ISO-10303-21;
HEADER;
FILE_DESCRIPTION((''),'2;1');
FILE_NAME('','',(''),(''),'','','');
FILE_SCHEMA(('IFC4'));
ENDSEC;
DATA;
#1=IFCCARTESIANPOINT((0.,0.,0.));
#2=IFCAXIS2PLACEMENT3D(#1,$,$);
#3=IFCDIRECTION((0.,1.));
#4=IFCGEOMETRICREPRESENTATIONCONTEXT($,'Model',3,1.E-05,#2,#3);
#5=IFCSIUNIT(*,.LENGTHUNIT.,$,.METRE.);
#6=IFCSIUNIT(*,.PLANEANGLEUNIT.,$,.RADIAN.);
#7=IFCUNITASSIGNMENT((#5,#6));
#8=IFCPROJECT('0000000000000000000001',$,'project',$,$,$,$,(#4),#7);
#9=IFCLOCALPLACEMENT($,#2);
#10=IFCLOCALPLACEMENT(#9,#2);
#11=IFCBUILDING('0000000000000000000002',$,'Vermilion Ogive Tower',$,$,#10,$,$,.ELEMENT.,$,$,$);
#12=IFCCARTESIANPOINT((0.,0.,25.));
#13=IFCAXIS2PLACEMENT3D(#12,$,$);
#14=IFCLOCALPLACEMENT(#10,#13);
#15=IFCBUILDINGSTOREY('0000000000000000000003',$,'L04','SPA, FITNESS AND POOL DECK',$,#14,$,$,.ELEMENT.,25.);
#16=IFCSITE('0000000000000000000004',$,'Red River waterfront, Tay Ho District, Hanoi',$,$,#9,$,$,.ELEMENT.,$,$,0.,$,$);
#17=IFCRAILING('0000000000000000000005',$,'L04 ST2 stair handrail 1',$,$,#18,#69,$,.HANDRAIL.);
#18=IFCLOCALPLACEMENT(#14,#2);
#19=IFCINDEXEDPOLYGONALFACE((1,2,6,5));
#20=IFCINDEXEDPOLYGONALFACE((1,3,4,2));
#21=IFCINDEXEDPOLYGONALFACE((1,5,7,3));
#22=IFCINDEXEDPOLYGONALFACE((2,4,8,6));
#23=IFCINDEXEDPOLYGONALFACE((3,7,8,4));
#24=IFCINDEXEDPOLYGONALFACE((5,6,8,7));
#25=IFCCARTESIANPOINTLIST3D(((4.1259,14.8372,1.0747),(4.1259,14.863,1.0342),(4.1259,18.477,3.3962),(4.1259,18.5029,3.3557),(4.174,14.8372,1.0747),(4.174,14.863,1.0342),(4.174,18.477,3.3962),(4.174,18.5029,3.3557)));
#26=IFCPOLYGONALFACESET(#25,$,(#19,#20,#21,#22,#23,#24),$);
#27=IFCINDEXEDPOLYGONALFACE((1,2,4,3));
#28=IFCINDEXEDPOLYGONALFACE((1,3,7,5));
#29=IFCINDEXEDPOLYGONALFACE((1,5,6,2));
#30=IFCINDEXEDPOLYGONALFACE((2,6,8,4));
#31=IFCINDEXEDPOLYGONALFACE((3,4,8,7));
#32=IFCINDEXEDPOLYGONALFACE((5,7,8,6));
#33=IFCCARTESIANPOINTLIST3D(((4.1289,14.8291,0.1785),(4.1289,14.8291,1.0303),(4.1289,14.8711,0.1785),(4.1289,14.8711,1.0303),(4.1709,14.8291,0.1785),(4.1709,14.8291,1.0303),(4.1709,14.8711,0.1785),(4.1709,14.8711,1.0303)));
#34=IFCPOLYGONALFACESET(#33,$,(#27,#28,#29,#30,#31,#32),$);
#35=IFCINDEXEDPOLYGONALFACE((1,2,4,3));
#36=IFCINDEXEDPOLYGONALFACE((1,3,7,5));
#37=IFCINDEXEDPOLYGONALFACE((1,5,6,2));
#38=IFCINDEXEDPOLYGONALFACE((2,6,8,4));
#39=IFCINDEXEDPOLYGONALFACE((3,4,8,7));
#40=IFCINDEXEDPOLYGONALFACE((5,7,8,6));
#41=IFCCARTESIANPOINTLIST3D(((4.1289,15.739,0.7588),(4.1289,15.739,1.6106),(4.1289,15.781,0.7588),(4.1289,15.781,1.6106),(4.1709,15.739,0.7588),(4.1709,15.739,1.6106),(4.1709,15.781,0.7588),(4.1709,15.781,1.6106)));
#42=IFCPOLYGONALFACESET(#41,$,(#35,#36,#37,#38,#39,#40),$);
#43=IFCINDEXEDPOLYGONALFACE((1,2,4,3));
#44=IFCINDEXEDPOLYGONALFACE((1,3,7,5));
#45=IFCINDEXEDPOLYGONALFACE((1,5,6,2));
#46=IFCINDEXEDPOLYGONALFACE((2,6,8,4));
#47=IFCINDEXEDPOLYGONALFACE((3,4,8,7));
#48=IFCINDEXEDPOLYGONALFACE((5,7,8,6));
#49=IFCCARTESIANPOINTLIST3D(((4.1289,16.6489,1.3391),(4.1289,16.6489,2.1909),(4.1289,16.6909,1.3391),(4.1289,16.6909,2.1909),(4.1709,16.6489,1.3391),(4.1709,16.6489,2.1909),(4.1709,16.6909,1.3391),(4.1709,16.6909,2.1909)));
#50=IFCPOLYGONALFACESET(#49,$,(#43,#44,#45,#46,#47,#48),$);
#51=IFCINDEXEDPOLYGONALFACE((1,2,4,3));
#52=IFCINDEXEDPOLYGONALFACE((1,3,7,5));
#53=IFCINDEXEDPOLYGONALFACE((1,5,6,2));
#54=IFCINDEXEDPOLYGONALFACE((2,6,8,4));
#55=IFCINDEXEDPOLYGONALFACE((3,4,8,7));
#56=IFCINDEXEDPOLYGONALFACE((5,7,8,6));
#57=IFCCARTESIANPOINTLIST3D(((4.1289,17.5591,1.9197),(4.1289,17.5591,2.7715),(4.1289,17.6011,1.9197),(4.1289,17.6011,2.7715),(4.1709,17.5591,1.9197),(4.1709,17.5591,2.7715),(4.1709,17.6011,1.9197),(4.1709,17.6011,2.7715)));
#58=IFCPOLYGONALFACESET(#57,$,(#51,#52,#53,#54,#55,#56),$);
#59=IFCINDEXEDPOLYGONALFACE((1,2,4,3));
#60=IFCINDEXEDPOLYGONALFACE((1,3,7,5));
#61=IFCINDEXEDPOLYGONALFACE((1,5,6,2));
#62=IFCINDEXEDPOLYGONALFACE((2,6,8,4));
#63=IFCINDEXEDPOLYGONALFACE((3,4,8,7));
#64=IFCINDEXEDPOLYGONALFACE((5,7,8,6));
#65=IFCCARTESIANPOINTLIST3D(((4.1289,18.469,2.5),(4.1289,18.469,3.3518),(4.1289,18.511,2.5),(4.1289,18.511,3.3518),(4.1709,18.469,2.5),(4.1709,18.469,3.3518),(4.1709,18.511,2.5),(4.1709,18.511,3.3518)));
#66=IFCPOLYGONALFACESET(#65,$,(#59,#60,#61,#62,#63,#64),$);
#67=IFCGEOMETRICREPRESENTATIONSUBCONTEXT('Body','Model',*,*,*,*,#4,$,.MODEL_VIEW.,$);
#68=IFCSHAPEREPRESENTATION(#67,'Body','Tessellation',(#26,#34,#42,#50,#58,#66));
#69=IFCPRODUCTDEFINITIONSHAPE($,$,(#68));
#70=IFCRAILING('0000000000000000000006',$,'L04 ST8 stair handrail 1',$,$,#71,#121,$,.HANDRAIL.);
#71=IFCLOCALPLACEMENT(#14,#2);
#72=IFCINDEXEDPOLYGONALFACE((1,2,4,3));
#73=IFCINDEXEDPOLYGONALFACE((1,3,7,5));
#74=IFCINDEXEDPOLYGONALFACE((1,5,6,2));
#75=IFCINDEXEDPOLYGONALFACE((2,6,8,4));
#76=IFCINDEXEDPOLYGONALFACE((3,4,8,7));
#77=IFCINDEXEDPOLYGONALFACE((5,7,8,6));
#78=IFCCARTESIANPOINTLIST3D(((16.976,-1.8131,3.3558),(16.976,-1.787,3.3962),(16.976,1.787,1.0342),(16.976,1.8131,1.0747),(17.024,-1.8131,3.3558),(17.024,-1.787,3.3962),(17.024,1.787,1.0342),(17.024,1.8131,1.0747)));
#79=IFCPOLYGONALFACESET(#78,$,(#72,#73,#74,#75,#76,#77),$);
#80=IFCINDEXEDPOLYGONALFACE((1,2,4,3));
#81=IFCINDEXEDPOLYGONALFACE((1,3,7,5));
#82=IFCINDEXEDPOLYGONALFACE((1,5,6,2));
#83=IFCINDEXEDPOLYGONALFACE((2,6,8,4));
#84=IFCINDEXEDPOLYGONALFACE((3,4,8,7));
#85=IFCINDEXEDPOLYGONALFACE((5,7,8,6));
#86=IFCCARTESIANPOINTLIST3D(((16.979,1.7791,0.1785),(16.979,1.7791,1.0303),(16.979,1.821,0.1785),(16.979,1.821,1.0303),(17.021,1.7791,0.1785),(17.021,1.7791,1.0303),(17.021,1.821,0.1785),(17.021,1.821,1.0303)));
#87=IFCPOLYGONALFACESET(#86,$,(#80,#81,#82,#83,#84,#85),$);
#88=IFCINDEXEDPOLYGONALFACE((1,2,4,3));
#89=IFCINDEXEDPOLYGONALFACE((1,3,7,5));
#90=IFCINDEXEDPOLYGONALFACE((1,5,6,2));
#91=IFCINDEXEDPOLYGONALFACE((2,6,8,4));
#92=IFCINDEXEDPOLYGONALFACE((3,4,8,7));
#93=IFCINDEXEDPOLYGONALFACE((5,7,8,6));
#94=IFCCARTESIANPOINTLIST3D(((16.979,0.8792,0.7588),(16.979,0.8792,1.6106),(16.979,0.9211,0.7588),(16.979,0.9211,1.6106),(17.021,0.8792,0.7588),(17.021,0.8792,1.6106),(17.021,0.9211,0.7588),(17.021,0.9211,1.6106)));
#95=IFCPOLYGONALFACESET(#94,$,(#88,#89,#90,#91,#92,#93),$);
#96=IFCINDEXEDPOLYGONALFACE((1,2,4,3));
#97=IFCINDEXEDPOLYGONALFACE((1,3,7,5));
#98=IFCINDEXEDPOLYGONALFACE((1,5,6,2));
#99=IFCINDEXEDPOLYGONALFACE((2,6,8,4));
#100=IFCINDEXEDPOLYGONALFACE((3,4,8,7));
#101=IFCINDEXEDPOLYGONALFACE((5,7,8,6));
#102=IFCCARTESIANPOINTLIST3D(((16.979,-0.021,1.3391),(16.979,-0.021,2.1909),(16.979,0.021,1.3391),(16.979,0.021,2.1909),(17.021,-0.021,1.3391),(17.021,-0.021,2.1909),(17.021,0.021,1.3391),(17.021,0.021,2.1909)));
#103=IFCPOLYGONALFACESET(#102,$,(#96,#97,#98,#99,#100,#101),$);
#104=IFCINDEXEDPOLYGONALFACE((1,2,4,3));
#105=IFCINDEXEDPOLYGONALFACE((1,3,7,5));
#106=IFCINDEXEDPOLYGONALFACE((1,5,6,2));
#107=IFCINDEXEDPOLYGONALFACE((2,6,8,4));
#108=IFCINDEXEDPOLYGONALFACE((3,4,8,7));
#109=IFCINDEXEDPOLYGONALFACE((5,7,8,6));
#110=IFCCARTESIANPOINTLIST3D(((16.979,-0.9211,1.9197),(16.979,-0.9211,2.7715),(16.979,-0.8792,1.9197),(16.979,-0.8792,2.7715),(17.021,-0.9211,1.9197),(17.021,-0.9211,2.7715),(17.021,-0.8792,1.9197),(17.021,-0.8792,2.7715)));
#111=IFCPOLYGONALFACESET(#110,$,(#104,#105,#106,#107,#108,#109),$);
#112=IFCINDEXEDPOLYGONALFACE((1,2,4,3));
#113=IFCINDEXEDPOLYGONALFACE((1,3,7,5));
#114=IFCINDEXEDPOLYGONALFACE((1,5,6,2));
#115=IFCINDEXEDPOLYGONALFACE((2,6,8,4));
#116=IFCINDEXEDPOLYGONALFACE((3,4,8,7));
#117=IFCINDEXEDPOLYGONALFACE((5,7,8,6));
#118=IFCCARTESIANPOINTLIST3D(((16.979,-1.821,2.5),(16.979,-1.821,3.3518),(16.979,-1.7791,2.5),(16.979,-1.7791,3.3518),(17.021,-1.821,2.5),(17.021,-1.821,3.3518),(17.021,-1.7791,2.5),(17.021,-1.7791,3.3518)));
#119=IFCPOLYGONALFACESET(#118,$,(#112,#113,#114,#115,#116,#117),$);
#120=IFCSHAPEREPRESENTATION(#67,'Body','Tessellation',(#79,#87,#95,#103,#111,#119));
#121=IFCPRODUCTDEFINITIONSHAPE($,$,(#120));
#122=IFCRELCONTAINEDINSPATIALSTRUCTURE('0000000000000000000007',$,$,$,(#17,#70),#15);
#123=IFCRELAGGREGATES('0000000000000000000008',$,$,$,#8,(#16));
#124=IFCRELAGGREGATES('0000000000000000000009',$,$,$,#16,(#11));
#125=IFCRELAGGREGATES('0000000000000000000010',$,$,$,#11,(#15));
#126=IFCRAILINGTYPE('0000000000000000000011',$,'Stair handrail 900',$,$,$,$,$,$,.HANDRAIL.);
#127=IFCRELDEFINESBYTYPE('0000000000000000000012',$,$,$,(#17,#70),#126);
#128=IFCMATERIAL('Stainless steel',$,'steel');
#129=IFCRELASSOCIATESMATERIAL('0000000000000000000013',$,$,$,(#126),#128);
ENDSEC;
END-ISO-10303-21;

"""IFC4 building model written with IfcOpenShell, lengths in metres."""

from ifc_helpers import new_model, si_unit, direction, frame, origin, origin_2d, place, context, subcontext, project, spatial, rectangle, extrude, material, type_object, element, save


model = new_model("IFC4")

# Units and contexts
model_context = context("Model", 3, precision=1e-05, world=origin(), true_north=direction((0.0, 1.0)))
body_context = subcontext(model_context, "Body", "Model", "MODEL_VIEW")
ifc_project = project(units=[si_unit("LENGTHUNIT", "METRE"), si_unit("PLANEANGLEUNIT", "RADIAN")], contexts=[model_context])

# Site, building, storey
site_placement = place(None, origin())
site = spatial("IfcSite", under=ifc_project, at=site_placement, Name="Red River waterfront, Tay Ho District, Hanoi", CompositionType="ELEMENT", RefElevation=0.0)
building_placement = place(site_placement, origin())
building = spatial("IfcBuilding", under=site, at=building_placement, Name="Vermilion Ogive Tower", CompositionType="ELEMENT")
storey_placement = place(building_placement, frame((0.0, 0.0, 25.0)))
storey = spatial("IfcBuildingStorey", under=building, at=storey_placement, Name="L04", Description="SPA, FITNESS AND POOL DECK", CompositionType="ELEMENT", Elevation=25.0)

# Railings
ifc_material_1 = material(Name="Stainless steel", Category="steel")
railing_type_1 = type_object("IfcRailingType", Name="Stair handrail 900", PredefinedType="HANDRAIL", material=ifc_material_1)
railing_1_placement = place(storey_placement, frame((4.1499, 14.8501, 0.1785)))
element("IfcRailing", 1, at=railing_1_placement, inside=storey, type_object=railing_type_1, Name="L04 ST2 stair handrail 1", PredefinedType="HANDRAIL", context=body_context, shape_type="SweptSolid", body=[
    extrude(rectangle(XDim=0.0481, YDim=0.0481, at=origin_2d()), frame((0.0, 0.0, 0.876), z_axis=(0.0, 0.843112, 0.537739), x_axis=(-1.0, 0.0, 0.0)), (0.0, 0.0, 1.0), 4.3171),
    extrude(rectangle(XDim=0.042, YDim=0.042, at=origin_2d()), origin(), (0.0, 0.0, 1.0), 0.8518),
    extrude(rectangle(XDim=0.042, YDim=0.042, at=origin_2d()), frame((0.0, 0.9099, 0.5803)), (0.0, 0.0, 1.0), 0.8518),
    extrude(rectangle(XDim=0.042, YDim=0.042, at=origin_2d()), frame((0.0, 1.8198, 1.1606)), (0.0, 0.0, 1.0), 0.8518),
    extrude(rectangle(XDim=0.042, YDim=0.042, at=origin_2d()), frame((0.0, 2.73, 1.7412)), (0.0, 0.0, 1.0), 0.8518),
    extrude(rectangle(XDim=0.042, YDim=0.042, at=origin_2d()), frame((0.0, 3.6399, 2.3215)), (0.0, 0.0, 1.0), 0.8518),
])
railing_2_placement = place(storey_placement, frame((17.0, 1.8, 0.1785)))
element("IfcRailing", 2, at=railing_2_placement, inside=storey, type_object=railing_type_1, Name="L04 ST8 stair handrail 1", PredefinedType="HANDRAIL", context=body_context, shape_type="SweptSolid", body=[
    extrude(rectangle(XDim=0.0481, YDim=0.0481, at=origin_2d()), frame((0.0, 0.0, 0.876), z_axis=(0.0, -0.840415, 0.541944), x_axis=(1.0, 0.0, 0.0)), (0.0, 0.0, 1.0), 4.2837),
    extrude(rectangle(XDim=0.042, YDim=0.042, at=origin_2d()), origin(), (0.0, 0.0, 1.0), 0.8518),
    extrude(rectangle(XDim=0.042, YDim=0.042, at=origin_2d()), frame((0.0, -0.8999, 0.5803)), (0.0, 0.0, 1.0), 0.8518),
    extrude(rectangle(XDim=0.042, YDim=0.042, at=origin_2d()), frame((0.0, -1.8, 1.1606)), (0.0, 0.0, 1.0), 0.8518),
    extrude(rectangle(XDim=0.042, YDim=0.042, at=origin_2d()), frame((0.0, -2.7002, 1.7412)), (0.0, 0.0, 1.0), 0.8518),
    extrude(rectangle(XDim=0.042, YDim=0.042, at=origin_2d()), frame((0.0, -3.6001, 2.3215)), (0.0, 0.0, 1.0), 0.8518),
])

save(model, "model.ifc")
